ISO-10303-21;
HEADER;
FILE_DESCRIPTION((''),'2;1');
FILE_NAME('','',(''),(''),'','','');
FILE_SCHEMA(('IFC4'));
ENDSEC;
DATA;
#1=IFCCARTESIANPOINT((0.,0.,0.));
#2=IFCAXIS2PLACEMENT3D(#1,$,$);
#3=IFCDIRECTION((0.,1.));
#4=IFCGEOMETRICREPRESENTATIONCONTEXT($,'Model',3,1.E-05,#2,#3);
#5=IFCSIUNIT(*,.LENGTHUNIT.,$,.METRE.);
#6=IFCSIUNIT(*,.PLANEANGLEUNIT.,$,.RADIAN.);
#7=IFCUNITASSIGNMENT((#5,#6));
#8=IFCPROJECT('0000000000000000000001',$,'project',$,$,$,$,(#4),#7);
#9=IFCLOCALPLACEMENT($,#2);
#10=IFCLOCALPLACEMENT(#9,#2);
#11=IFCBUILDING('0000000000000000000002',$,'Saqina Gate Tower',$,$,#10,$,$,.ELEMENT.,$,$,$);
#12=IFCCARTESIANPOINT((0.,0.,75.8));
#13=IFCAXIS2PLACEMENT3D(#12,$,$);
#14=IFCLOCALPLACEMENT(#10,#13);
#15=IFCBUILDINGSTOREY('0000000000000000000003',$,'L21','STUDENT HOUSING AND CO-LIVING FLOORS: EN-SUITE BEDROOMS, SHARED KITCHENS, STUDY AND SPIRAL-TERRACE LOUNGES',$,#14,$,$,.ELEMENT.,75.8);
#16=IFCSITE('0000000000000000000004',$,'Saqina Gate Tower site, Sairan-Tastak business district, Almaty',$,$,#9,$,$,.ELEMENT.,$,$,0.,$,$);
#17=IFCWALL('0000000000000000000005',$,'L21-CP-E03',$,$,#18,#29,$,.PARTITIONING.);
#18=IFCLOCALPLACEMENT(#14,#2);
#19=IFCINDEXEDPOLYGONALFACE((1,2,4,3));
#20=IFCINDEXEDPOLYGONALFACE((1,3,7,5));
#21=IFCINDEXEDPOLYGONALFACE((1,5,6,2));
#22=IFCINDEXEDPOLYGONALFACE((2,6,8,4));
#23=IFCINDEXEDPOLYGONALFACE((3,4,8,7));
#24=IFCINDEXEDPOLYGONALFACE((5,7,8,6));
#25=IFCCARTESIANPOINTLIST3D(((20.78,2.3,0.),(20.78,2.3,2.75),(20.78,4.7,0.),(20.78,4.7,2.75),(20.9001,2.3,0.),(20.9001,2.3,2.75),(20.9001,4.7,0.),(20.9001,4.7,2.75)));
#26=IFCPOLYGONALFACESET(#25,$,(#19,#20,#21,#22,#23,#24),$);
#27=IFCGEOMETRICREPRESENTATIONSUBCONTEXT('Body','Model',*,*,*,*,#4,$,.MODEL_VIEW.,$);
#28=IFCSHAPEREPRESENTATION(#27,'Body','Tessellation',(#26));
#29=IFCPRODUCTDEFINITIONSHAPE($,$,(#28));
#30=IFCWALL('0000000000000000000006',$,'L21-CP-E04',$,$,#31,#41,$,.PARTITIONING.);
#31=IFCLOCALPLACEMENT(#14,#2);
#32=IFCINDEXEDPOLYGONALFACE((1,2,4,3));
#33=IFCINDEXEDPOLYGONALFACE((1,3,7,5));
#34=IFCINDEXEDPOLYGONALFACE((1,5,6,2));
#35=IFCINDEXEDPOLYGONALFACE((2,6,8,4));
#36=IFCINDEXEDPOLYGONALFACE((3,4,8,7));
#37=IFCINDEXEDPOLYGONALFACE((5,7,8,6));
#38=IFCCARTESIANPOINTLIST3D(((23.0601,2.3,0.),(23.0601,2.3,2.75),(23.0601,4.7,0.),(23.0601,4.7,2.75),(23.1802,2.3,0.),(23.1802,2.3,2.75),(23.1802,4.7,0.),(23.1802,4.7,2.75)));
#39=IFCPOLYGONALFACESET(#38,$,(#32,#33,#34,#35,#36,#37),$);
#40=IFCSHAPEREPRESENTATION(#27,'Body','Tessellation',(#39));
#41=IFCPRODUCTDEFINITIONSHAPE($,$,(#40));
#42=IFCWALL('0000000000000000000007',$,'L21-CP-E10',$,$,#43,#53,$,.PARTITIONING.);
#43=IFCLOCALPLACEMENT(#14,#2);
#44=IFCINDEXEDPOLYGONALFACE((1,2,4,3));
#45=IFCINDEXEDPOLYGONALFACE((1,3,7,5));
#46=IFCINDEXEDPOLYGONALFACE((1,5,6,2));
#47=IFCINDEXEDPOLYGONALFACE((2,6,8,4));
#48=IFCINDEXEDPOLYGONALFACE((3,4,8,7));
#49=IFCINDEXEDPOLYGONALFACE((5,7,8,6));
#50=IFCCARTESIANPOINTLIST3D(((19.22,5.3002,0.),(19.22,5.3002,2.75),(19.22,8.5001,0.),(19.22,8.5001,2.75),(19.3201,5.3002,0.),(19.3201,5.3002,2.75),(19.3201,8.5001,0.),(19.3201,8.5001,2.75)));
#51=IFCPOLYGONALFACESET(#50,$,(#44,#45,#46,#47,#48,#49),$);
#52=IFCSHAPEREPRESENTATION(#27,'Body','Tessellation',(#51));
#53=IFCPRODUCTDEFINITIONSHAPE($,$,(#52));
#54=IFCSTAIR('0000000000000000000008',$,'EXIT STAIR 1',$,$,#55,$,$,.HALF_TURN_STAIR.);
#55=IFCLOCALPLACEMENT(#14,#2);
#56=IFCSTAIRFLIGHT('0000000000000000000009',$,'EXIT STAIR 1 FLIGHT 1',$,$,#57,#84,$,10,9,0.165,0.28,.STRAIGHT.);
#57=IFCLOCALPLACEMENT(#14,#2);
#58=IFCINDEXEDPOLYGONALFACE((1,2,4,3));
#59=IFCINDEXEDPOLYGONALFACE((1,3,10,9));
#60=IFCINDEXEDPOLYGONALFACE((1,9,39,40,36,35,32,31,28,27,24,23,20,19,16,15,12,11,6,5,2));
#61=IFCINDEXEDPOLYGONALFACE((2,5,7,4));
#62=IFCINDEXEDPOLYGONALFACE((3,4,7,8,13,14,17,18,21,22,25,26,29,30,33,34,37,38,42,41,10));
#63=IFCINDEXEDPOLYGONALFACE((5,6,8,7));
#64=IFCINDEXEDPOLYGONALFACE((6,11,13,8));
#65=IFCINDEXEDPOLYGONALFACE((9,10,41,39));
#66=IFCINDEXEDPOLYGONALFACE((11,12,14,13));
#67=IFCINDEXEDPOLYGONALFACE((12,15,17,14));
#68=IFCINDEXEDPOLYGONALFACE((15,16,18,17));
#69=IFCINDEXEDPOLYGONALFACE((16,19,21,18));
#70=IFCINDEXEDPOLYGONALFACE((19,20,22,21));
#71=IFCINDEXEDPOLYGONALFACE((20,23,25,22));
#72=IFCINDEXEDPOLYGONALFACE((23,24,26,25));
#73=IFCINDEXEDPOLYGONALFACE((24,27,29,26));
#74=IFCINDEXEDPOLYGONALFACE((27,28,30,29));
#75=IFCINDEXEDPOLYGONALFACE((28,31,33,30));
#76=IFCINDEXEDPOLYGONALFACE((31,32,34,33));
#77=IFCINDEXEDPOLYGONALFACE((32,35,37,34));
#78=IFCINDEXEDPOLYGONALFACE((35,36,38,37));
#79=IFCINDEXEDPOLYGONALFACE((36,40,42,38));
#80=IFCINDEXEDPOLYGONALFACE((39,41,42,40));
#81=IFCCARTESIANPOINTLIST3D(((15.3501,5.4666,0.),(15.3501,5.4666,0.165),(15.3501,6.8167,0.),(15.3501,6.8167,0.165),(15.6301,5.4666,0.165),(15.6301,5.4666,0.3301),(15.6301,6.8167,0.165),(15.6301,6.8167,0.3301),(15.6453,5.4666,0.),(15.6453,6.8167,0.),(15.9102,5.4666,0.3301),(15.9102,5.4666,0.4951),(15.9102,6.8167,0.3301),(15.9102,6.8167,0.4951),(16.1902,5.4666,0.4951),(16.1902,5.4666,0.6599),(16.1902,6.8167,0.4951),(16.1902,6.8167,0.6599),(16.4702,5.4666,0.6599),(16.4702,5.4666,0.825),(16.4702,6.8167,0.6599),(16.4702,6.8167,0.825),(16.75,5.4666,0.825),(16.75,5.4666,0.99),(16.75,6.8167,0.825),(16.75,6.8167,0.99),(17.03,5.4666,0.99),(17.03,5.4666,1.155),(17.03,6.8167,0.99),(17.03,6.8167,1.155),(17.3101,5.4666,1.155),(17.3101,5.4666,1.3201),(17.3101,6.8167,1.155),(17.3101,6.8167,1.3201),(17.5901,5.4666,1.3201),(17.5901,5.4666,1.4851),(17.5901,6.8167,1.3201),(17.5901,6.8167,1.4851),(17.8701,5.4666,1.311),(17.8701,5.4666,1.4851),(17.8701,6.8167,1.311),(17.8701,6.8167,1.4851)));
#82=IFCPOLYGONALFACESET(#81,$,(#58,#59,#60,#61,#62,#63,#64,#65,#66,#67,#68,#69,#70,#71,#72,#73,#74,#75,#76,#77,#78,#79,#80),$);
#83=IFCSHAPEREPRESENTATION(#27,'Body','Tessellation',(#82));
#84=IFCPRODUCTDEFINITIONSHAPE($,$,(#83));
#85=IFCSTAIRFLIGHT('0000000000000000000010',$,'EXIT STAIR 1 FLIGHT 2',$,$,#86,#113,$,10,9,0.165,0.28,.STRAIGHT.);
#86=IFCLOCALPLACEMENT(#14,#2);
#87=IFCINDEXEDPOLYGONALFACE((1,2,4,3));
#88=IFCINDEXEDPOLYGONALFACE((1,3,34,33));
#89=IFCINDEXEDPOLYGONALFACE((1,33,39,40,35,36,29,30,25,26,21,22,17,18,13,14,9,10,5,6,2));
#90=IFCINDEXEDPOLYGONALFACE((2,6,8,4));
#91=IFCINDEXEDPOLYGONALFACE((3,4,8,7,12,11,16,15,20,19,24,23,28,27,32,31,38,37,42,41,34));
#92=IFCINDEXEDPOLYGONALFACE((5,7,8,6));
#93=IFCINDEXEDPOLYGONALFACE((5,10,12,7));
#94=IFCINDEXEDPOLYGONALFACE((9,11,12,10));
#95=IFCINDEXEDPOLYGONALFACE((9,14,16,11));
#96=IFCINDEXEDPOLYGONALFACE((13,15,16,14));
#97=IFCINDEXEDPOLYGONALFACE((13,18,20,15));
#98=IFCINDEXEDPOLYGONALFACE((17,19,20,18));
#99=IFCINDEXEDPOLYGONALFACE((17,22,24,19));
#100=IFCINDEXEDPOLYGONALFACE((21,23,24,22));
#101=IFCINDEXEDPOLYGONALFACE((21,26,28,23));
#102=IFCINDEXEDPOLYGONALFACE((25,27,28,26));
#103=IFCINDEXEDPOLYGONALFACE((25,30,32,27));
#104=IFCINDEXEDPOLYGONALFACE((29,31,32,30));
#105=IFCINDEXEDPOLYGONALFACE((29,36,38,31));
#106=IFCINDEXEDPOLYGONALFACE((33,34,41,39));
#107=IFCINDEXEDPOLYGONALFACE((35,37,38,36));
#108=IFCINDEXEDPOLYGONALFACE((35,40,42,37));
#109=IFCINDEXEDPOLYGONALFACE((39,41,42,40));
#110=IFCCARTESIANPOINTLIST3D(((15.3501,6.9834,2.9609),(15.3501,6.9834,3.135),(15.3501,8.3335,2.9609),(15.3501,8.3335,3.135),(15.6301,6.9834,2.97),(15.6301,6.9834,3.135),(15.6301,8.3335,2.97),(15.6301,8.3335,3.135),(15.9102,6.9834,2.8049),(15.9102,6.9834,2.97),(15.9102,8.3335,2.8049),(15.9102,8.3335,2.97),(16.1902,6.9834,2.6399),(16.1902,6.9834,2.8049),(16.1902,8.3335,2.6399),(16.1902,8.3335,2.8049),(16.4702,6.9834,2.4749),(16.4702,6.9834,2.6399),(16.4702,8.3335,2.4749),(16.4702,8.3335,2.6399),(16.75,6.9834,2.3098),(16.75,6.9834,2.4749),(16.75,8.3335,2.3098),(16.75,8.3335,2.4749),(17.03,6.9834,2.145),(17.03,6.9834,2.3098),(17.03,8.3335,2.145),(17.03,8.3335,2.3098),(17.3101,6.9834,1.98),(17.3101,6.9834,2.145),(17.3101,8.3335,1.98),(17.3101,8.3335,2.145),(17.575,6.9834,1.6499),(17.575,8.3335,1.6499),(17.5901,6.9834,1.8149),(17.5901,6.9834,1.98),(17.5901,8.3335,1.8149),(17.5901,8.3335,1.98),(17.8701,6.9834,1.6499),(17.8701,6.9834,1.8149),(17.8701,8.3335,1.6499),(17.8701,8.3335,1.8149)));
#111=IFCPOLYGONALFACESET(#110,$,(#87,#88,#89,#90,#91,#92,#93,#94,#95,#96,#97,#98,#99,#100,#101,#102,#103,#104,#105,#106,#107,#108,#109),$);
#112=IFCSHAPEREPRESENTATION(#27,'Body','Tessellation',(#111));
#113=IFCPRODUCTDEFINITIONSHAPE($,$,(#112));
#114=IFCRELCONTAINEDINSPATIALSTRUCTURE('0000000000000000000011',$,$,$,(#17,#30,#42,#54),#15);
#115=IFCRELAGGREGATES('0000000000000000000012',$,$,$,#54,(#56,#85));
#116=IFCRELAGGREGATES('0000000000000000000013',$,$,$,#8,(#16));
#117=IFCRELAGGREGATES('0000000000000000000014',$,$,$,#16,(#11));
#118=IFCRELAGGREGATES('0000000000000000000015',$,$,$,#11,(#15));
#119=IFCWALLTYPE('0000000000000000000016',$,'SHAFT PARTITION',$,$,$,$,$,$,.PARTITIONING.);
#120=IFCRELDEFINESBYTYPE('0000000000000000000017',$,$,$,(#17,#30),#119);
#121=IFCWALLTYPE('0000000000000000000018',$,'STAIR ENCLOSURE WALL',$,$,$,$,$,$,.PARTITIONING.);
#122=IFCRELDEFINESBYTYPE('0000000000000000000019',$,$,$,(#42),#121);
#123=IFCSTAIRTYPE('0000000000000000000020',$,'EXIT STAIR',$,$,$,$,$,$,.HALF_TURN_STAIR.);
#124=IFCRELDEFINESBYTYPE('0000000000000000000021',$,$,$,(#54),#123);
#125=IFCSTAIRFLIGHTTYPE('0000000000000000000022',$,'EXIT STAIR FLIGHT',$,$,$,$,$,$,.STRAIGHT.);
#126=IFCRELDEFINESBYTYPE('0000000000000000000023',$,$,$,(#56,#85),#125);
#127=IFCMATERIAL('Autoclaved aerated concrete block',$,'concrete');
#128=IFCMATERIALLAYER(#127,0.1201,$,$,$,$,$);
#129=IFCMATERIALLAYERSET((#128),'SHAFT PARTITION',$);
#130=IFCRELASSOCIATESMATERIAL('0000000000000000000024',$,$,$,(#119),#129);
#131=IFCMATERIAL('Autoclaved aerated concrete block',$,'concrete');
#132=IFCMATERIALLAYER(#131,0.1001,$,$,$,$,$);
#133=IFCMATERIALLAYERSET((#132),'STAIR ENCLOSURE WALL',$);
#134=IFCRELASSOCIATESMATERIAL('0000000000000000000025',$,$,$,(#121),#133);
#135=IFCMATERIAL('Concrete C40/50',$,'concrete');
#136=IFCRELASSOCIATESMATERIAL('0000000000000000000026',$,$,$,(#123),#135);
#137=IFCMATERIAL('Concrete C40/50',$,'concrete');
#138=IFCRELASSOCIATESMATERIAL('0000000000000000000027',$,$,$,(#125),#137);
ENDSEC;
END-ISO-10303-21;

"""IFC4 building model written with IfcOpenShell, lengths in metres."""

from ifc_helpers import new_model, si_unit, direction, frame, frame_2d, origin, place, context, subcontext, project, spatial, polyline, rectangle, outline, extrude, material, layer, layer_set, type_object, element, aggregate, save


model = new_model("IFC4")

# Units and contexts
model_context = context("Model", 3, precision=1e-05, world=origin(), true_north=direction((0.0, 1.0)))
body_context = subcontext(model_context, "Body", "Model", "MODEL_VIEW")
ifc_project = project(units=[si_unit("LENGTHUNIT", "METRE"), si_unit("PLANEANGLEUNIT", "RADIAN")], contexts=[model_context])

# Site, building, storey
site_placement = place(None, origin())
site = spatial("IfcSite", under=ifc_project, at=site_placement, Name="Saqina Gate Tower site, Sairan-Tastak business district, Almaty", CompositionType="ELEMENT", RefElevation=0.0)
building_placement = place(site_placement, origin())
building = spatial("IfcBuilding", under=site, at=building_placement, Name="Saqina Gate Tower", CompositionType="ELEMENT")
storey_placement = place(building_placement, frame((0.0, 0.0, 75.8)))
storey = spatial("IfcBuildingStorey", under=building, at=storey_placement, Name="L21", Description="STUDENT HOUSING AND CO-LIVING FLOORS: EN-SUITE BEDROOMS, SHARED KITCHENS, STUDY AND SPIRAL-TERRACE LOUNGES", CompositionType="ELEMENT", Elevation=75.8)

# Walls
ifc_material_1 = material(Name="Autoclaved aerated concrete block", Category="concrete")
ifc_layer_1 = layer(ifc_material_1, 0.1201)
ifc_layer_set_1 = layer_set([ifc_layer_1], Name="SHAFT PARTITION")
wall_type_1 = type_object("IfcWallType", Name="SHAFT PARTITION", PredefinedType="PARTITIONING", material=ifc_layer_set_1)
for number, where, z_axis, x_axis, name in (
    (1, (20.8401, 2.3, 0.0), (0.0, 0.0, 1.0), (0.0, 1.0, 0.0), "L21-CP-E03"),
    (2, (23.1201, 2.3, 0.0), (0.0, 0.0, 1.0), (0.0, 1.0, 0.0), "L21-CP-E04"),
):
    element("IfcWall", number, at=place(storey_placement, frame(where, z_axis=z_axis, x_axis=x_axis)), inside=storey, type_object=wall_type_1, Name=name, PredefinedType="PARTITIONING", context=body_context, shape_type="SweptSolid", body=[
        extrude(rectangle(XDim=2.3999, YDim=0.1201, at=frame_2d((1.2, 0.0))), origin(), (0.0, 0.0, 1.0), 2.75),
    ])
ifc_material_2 = material(Name="Autoclaved aerated concrete block", Category="concrete")
ifc_layer_2 = layer(ifc_material_2, 0.1001)
ifc_layer_set_2 = layer_set([ifc_layer_2], Name="STAIR ENCLOSURE WALL")
wall_type_2 = type_object("IfcWallType", Name="STAIR ENCLOSURE WALL", PredefinedType="PARTITIONING", material=ifc_layer_set_2)
wall_1_placement = place(storey_placement, frame((19.27, 5.3, 0.0), z_axis=(0.0, 0.0, 1.0), x_axis=(0.0, 1.0, 0.0)))
element("IfcWall", 3, at=wall_1_placement, inside=storey, type_object=wall_type_2, Name="L21-CP-E10", PredefinedType="PARTITIONING", context=body_context, shape_type="SweptSolid", body=[
    extrude(rectangle(XDim=3.2, YDim=0.1001, at=frame_2d((1.6001, 0.0))), origin(), (0.0, 0.0, 1.0), 2.75),
])

# Stair, stair flights
ifc_material_3 = material(Name="Concrete C40/50", Category="concrete")
stair_type = type_object("IfcStairType", Name="EXIT STAIR", PredefinedType="HALF_TURN_STAIR", material=ifc_material_3)
stair_placement = place(storey_placement, origin())
stair = element("IfcStair", 4, at=stair_placement, inside=storey, type_object=stair_type, Name="EXIT STAIR 1", PredefinedType="HALF_TURN_STAIR")
ifc_material_4 = material(Name="Concrete C40/50", Category="concrete")
stair_flight_type = type_object("IfcStairFlightType", Name="EXIT STAIR FLIGHT", PredefinedType="STRAIGHT", material=ifc_material_4)
stair_flight_1_placement = place(storey_placement, frame((15.3501, 6.1416, 0.0), z_axis=(0.0, 0.0, 1.0), x_axis=(1.0, 0.0, 0.0)))
stair_flight_1 = element("IfcStairFlight", 5, at=stair_flight_1_placement, type_object=stair_flight_type, Name="EXIT STAIR 1 FLIGHT 1", NumberOfRisers=10, NumberOfTreads=9, PredefinedType="STRAIGHT", RiserHeight=0.165, TreadLength=0.28, context=body_context, shape_type="SweptSolid", body=[
    extrude(outline(polyline([(0.0, 0.0), (0.0, 0.165), (0.28, 0.165), (0.28, 0.3301), (0.5601, 0.3301), (0.5601, 0.4951), (0.8401, 0.4951), (0.8401, 0.6599), (1.1201, 0.6599), (1.1201, 0.825), (1.3999, 0.825), (1.3999, 0.99), (1.6799, 0.99), (1.6799, 1.155), (1.96, 1.155), (1.96, 1.3201), (2.24, 1.3201), (2.24, 1.4851), (2.52, 1.4851), (2.52, 1.6499), (2.52, 1.311), (0.2952, 0.0), (0.0, 0.0)])), frame((0.0, 0.675, 0.0), z_axis=(0.0, -1.0, 0.0), x_axis=(1.0, 0.0, 0.0)), (0.0, 0.0, 1.0), 1.3501),
])
stair_flight_2_placement = place(storey_placement, frame((17.8701, 7.6584, 1.6499), z_axis=(0.0, 0.0, 1.0), x_axis=(-1.0, 0.0, 0.0)))
stair_flight_2 = element("IfcStairFlight", 6, at=stair_flight_2_placement, type_object=stair_flight_type, Name="EXIT STAIR 1 FLIGHT 2", NumberOfRisers=10, NumberOfTreads=9, PredefinedType="STRAIGHT", RiserHeight=0.165, TreadLength=0.28, context=body_context, shape_type="SweptSolid", body=[
    extrude(outline(polyline([(0.0, 0.0), (0.0, 0.165), (0.28, 0.165), (0.28, 0.3301), (0.5601, 0.3301), (0.5601, 0.4951), (0.8401, 0.4951), (0.8401, 0.6599), (1.1201, 0.6599), (1.1201, 0.825), (1.3999, 0.825), (1.3999, 0.99), (1.6799, 0.99), (1.6799, 1.155), (1.96, 1.155), (1.96, 1.3201), (2.24, 1.3201), (2.24, 1.4851), (2.52, 1.4851), (2.52, 1.6499), (2.52, 1.311), (0.2952, 0.0), (0.0, 0.0)])), frame((0.0, 0.675, 0.0), z_axis=(0.0, -1.0, 0.0), x_axis=(1.0, 0.0, 0.0)), (0.0, 0.0, 1.0), 1.3501),
])
aggregate(stair, [stair_flight_1, stair_flight_2])

save(model, "model.ifc")
